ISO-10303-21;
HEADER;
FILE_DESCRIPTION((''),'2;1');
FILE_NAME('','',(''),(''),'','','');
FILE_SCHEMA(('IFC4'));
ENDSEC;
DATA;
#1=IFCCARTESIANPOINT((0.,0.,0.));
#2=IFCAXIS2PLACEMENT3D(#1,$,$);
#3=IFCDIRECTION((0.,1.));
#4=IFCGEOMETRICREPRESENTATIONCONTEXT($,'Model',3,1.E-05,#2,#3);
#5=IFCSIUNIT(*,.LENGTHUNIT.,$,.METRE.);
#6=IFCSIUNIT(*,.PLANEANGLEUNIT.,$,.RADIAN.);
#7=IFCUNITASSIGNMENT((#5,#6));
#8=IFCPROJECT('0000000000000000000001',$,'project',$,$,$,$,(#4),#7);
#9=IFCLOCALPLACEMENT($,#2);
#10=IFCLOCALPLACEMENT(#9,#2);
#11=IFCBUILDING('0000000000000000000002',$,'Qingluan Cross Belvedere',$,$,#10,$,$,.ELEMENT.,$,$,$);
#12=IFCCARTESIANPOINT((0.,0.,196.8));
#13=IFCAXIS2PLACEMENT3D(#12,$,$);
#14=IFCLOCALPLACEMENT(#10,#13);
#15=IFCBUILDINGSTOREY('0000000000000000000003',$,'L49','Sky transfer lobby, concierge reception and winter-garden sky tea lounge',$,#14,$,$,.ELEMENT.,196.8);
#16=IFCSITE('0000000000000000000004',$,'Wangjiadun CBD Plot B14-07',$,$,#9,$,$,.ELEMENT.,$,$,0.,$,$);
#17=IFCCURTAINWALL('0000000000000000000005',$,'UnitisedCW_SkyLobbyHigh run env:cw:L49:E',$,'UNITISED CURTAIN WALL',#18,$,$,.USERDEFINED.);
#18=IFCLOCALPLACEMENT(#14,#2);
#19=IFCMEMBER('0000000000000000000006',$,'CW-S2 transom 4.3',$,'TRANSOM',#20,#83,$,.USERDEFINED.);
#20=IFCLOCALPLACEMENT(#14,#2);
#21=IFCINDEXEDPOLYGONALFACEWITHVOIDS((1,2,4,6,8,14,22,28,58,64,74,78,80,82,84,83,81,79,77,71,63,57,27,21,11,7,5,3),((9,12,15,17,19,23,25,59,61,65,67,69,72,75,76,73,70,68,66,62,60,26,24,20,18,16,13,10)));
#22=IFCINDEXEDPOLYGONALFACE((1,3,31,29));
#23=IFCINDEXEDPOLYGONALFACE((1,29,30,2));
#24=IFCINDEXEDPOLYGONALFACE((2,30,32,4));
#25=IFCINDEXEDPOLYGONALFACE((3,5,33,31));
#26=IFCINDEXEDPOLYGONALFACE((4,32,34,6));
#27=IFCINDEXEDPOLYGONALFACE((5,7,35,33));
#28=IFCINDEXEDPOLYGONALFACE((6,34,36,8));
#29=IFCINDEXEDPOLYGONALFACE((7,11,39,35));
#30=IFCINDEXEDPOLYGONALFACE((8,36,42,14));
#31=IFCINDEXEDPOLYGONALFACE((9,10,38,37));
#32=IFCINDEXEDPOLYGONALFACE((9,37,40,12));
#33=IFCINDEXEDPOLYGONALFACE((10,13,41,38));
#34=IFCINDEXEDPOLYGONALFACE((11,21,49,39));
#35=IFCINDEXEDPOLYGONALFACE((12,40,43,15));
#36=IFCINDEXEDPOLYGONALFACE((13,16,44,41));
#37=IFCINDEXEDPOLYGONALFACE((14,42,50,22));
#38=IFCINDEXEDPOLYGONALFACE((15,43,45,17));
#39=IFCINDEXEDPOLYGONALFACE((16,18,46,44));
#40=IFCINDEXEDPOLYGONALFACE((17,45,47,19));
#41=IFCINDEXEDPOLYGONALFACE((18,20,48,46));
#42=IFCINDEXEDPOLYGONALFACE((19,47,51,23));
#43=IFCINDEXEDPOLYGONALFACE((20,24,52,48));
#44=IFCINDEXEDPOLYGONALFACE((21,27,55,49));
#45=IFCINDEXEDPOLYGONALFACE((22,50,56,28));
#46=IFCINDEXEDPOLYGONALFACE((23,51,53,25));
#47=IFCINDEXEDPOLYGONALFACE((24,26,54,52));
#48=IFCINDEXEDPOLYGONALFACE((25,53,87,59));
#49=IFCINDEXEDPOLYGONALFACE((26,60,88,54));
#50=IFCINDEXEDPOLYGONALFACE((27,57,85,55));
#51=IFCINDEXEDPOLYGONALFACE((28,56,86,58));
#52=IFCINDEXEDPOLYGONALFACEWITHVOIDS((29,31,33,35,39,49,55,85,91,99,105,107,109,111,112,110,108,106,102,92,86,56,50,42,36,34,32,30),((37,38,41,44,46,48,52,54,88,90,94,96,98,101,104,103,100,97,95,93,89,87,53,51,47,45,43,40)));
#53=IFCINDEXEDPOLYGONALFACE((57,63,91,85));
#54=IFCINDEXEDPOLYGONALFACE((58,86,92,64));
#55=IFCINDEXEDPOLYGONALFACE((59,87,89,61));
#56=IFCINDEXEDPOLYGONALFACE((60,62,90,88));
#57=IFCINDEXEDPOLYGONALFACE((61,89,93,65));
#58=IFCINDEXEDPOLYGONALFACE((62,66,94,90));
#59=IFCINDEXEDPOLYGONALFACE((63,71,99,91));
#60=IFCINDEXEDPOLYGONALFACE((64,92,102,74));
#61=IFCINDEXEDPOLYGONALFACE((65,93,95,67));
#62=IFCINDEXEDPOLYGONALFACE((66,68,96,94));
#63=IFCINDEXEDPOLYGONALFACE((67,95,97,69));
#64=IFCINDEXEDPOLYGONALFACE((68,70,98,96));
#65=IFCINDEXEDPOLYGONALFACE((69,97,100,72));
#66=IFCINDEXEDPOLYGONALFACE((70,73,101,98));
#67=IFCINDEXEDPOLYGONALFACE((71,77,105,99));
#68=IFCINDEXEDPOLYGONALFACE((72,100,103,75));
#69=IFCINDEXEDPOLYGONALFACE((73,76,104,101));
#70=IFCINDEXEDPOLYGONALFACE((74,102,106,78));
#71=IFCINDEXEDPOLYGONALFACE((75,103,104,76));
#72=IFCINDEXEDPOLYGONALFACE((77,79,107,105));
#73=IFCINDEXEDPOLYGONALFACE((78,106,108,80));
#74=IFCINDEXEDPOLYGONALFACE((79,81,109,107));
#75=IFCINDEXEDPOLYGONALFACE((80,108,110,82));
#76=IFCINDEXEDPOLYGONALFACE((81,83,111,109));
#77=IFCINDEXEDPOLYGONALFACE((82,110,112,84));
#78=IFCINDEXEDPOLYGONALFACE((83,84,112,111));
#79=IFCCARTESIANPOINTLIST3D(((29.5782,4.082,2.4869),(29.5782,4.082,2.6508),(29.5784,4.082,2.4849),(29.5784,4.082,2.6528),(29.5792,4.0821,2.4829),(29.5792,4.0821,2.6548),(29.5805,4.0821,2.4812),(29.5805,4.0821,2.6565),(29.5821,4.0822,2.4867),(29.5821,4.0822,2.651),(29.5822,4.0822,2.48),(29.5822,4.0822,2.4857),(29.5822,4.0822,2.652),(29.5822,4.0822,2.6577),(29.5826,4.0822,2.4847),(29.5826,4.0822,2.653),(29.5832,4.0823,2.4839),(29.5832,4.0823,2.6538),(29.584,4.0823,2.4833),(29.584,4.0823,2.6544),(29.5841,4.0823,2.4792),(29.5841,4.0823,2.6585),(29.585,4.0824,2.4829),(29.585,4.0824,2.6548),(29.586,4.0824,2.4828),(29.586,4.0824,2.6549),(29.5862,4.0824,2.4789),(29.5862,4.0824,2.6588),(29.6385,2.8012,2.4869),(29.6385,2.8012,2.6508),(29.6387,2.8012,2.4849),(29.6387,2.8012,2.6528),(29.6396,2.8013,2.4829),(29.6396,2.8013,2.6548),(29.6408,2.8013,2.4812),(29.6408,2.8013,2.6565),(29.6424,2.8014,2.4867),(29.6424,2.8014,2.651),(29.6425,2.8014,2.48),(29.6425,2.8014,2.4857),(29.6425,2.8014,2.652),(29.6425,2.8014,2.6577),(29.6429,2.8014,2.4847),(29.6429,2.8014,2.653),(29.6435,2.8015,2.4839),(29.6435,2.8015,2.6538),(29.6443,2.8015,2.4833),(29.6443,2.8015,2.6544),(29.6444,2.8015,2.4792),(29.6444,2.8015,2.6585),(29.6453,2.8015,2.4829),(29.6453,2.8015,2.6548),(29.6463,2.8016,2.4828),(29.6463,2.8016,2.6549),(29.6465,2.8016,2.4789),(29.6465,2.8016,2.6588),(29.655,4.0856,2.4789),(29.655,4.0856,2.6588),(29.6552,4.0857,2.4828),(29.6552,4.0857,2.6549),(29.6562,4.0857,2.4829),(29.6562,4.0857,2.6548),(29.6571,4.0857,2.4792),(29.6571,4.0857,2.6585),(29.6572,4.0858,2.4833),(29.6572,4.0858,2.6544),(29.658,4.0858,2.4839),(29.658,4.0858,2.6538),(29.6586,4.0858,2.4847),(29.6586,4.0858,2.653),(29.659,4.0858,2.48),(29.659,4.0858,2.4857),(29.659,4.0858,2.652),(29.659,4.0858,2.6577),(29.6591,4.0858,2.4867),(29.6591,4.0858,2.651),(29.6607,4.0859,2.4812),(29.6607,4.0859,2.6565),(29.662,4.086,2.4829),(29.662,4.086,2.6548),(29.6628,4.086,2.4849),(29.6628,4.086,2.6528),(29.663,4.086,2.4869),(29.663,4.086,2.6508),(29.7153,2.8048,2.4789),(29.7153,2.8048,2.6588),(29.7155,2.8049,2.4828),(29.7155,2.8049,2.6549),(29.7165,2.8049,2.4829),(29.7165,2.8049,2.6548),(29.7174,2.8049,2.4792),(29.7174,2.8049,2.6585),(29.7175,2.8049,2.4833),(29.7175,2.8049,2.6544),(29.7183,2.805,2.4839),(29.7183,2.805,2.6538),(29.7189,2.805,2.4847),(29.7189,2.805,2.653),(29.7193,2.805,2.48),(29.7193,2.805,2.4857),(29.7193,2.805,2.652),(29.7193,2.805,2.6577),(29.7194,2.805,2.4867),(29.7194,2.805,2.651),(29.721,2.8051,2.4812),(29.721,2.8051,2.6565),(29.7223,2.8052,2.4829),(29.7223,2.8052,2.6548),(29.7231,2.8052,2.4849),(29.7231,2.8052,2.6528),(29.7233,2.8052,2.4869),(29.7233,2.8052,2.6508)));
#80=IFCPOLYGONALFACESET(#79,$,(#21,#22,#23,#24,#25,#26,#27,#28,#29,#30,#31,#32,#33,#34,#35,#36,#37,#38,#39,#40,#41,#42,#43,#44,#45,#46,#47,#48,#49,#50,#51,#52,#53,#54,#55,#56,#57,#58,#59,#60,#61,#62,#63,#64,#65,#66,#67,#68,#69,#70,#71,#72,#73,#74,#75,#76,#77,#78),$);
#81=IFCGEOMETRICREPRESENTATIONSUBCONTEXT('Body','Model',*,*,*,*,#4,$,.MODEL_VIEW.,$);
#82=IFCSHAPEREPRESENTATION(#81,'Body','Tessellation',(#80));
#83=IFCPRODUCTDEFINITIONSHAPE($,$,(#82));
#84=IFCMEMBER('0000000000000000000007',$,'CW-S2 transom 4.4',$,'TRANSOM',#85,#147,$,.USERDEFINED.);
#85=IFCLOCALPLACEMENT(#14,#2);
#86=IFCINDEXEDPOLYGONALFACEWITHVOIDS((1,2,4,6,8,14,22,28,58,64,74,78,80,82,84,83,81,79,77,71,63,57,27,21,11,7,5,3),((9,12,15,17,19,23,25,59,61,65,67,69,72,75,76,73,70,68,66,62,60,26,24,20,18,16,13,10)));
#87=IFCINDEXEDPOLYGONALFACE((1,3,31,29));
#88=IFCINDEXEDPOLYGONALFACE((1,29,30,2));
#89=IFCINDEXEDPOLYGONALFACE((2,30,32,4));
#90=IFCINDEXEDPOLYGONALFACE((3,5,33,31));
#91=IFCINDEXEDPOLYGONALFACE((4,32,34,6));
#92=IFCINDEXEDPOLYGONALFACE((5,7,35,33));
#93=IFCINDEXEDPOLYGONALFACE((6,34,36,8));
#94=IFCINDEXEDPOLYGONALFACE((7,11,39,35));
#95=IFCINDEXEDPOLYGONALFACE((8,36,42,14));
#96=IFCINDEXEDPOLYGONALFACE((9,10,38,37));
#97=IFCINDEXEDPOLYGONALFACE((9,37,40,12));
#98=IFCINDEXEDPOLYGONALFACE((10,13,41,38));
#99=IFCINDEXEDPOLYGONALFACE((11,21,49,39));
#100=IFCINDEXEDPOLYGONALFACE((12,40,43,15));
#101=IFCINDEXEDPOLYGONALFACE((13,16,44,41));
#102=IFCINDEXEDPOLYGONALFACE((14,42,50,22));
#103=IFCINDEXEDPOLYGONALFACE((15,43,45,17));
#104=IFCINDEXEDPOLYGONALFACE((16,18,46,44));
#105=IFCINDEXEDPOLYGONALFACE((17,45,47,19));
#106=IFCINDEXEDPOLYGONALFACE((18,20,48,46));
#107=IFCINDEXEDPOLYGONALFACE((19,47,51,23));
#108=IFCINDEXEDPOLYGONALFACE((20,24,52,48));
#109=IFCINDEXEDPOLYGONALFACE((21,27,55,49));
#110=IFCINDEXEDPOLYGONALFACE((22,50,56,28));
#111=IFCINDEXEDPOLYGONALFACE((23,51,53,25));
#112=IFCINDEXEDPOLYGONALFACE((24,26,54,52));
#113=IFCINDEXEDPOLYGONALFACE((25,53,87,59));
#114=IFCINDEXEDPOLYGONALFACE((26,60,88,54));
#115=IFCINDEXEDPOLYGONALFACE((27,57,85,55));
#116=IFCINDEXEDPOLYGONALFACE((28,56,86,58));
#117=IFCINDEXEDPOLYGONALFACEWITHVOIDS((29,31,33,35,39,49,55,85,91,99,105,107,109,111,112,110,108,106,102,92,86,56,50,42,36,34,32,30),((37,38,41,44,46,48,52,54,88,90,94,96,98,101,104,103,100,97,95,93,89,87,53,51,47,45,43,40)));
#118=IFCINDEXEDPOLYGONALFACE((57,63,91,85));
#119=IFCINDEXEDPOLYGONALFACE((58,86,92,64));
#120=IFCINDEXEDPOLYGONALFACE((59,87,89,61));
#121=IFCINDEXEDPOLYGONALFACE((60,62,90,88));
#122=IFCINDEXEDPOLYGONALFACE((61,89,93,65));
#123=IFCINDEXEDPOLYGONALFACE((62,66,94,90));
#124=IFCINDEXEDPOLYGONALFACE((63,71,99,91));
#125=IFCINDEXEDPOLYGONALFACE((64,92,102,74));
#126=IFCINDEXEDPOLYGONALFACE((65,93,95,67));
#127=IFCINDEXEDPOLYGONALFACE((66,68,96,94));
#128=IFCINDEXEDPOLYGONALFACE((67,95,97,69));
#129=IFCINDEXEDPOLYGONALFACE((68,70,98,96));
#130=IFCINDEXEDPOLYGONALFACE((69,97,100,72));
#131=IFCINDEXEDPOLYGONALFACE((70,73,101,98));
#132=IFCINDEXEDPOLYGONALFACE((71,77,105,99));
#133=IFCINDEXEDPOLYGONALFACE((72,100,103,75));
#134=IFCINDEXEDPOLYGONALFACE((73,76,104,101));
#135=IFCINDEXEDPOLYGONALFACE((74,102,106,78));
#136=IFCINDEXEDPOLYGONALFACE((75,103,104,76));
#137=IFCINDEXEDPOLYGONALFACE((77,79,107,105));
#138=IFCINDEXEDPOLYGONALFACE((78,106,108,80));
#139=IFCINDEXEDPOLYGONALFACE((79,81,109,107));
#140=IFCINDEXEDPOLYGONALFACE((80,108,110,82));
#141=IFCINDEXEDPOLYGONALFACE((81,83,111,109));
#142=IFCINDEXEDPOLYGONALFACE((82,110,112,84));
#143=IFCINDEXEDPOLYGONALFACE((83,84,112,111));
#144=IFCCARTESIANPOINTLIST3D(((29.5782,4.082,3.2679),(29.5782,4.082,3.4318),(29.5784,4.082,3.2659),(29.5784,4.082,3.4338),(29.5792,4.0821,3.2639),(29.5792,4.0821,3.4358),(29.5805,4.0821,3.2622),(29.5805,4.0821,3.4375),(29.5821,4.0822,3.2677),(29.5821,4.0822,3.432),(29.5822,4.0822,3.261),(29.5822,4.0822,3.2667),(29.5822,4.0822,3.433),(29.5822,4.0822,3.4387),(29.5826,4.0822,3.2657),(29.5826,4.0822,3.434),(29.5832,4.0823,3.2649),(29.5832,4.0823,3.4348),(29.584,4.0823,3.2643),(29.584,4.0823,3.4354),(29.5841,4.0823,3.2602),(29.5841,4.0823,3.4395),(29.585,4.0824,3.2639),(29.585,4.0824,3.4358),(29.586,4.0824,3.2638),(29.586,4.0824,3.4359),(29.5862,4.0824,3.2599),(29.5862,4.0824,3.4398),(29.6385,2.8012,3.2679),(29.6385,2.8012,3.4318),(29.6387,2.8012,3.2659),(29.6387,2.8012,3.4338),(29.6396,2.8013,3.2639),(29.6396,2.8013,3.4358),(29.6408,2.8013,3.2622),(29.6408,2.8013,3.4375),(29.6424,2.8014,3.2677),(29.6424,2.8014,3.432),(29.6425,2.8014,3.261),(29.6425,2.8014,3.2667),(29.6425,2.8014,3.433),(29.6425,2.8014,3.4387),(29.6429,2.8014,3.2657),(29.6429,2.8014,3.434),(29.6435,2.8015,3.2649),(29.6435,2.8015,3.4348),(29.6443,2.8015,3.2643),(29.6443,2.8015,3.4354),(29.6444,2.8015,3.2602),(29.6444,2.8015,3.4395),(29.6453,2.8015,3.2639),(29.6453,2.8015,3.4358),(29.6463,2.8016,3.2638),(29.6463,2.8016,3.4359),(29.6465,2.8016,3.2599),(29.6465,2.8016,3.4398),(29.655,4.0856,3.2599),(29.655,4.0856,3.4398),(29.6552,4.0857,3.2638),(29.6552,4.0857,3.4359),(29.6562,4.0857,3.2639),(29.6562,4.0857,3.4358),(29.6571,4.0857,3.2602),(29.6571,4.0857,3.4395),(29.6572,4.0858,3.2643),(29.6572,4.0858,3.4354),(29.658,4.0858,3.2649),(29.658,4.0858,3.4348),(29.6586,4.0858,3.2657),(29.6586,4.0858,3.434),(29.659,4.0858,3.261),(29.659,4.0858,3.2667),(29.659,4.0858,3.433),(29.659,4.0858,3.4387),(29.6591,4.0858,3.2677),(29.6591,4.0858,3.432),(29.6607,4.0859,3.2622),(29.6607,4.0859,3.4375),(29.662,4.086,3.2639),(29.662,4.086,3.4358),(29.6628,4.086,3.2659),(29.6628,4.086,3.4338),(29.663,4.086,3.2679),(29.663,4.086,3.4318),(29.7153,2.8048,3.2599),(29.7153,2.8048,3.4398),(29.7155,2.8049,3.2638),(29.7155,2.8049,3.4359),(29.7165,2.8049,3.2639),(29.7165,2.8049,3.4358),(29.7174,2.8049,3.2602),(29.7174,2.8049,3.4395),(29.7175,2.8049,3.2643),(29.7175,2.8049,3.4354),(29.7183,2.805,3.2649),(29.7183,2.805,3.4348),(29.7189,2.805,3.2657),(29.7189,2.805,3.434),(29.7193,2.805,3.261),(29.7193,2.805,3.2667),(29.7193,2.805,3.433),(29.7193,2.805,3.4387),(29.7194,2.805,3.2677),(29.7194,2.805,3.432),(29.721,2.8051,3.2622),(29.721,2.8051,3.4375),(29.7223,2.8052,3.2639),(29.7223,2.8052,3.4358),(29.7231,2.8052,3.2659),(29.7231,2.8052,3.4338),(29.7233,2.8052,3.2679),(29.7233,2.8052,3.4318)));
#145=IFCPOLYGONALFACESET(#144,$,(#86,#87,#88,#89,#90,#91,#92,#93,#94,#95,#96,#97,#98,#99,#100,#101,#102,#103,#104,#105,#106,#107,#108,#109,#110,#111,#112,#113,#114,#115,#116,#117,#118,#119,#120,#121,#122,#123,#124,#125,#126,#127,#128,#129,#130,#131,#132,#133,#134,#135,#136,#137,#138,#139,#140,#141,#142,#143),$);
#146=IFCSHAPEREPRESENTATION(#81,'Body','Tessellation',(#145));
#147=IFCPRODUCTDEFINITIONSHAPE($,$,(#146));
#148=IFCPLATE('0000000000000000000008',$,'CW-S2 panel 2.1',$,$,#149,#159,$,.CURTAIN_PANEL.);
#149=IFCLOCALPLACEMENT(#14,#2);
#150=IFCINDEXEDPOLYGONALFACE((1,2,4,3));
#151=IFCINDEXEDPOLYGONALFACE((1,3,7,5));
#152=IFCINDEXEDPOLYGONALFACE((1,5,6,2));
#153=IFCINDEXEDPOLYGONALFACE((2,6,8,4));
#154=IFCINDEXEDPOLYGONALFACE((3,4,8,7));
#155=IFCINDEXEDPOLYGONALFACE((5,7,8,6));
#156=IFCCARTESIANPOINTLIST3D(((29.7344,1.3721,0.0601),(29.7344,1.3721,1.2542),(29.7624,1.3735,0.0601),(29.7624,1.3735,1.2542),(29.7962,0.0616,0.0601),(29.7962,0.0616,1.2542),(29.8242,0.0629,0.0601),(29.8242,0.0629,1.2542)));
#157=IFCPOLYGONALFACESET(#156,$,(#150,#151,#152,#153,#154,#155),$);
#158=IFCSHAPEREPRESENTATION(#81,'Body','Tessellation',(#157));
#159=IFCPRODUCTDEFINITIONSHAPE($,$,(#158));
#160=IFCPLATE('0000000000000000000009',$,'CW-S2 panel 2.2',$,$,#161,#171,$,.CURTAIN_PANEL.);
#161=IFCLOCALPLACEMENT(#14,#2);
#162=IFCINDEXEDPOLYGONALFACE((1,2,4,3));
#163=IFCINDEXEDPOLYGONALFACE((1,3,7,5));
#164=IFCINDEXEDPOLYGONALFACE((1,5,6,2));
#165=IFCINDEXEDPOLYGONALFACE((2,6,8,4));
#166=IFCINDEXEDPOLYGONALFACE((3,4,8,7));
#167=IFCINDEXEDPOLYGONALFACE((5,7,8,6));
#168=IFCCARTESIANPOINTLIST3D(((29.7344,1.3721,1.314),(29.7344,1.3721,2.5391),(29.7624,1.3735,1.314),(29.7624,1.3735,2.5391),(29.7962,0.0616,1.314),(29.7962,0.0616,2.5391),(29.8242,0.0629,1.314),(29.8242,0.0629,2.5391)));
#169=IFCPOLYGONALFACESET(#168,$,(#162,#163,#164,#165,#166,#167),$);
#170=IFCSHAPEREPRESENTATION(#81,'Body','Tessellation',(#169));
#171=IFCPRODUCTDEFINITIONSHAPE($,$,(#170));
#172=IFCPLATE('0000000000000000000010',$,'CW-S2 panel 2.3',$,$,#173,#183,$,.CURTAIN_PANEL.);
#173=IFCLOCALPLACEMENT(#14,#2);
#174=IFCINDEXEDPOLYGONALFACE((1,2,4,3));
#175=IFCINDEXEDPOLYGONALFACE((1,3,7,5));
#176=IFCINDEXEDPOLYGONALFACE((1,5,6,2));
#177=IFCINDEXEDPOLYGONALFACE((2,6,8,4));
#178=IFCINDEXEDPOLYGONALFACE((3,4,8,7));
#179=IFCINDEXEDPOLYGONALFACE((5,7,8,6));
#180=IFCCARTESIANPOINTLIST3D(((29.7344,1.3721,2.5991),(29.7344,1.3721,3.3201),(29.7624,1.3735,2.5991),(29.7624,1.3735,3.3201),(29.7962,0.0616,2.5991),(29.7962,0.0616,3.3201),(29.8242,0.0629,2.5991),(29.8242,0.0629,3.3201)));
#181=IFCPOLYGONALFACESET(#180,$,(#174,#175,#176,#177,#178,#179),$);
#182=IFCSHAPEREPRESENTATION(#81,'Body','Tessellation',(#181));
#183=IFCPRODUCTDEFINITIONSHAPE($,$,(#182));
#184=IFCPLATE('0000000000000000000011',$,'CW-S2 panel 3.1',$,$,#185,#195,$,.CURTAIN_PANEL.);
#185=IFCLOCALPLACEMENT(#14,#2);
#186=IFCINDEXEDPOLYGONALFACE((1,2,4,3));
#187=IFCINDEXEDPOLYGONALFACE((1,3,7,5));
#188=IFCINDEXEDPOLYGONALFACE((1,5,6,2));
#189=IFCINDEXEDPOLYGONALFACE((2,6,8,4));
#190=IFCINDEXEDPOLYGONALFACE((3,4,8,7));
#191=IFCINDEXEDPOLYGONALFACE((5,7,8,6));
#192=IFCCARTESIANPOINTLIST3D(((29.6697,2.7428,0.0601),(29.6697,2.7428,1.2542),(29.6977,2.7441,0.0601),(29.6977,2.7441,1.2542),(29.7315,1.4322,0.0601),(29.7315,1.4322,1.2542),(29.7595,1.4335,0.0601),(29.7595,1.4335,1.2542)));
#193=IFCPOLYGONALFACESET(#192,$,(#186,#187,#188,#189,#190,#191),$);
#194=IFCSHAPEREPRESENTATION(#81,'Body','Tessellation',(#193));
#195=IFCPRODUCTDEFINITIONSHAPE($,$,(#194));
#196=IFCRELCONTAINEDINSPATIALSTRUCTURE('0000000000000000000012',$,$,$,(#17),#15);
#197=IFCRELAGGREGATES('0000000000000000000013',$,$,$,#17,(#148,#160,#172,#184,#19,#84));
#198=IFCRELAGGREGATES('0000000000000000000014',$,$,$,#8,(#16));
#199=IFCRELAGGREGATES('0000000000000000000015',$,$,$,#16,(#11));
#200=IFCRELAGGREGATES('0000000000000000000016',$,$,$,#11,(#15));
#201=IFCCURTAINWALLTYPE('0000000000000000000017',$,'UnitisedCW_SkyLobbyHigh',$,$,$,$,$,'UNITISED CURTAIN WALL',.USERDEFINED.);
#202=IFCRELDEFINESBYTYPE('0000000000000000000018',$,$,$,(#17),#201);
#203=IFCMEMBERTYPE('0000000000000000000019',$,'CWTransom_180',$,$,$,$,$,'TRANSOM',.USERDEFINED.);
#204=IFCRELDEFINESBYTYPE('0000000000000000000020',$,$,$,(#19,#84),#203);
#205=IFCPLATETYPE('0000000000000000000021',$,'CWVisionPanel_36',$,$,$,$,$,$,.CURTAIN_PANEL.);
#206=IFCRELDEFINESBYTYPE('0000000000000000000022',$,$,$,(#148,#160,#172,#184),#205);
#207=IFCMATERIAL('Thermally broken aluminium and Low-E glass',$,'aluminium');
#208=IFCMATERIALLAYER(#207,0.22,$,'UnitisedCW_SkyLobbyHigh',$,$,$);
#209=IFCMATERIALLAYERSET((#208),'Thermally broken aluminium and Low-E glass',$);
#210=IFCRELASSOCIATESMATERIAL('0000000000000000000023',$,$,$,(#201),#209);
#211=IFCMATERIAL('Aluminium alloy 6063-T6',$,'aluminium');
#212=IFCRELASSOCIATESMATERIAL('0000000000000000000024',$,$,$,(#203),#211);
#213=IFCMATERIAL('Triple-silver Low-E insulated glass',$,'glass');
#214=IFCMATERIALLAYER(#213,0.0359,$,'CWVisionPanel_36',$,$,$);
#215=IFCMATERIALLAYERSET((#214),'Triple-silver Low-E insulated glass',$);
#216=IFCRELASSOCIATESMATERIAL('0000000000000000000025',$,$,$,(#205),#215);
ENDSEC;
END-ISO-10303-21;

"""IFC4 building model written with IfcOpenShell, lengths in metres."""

from ifc_helpers import new_model, si_unit, direction, frame, origin, origin_2d, place, context, subcontext, project, spatial, rectangle, hollow_rectangle, extrude, material, layer, layer_set, material_profile, profile_set, type_object, element, aggregate, save


model = new_model("IFC4")

# Units and contexts
model_context = context("Model", 3, precision=1e-05, world=origin(), true_north=direction((0.0, 1.0)))
body_context = subcontext(model_context, "Body", "Model", "MODEL_VIEW")
ifc_project = project(units=[si_unit("LENGTHUNIT", "METRE"), si_unit("PLANEANGLEUNIT", "RADIAN")], contexts=[model_context])

# Site, building, storey
site_placement = place(None, origin())
site = spatial("IfcSite", under=ifc_project, at=site_placement, Name="Wangjiadun CBD Plot B14-07", CompositionType="ELEMENT", RefElevation=0.0)
building_placement = place(site_placement, origin())
building = spatial("IfcBuilding", under=site, at=building_placement, Name="Qingluan Cross Belvedere", CompositionType="ELEMENT")
storey_placement = place(building_placement, frame((0.0, 0.0, 196.8)))
storey = spatial("IfcBuildingStorey", under=building, at=storey_placement, Name="L49", Description="Sky transfer lobby, concierge reception and winter-garden sky tea lounge", CompositionType="ELEMENT", Elevation=196.8)

# Curtain wall, members, plates
ifc_material_1 = material(Name="Thermally broken aluminium and Low-E glass", Category="aluminium")
ifc_layer_1 = layer(ifc_material_1, 0.22, Name="UnitisedCW_SkyLobbyHigh")
ifc_layer_set_1 = layer_set([ifc_layer_1], Name="Thermally broken aluminium and Low-E glass")
curtain_wall_type = type_object("IfcCurtainWallType", Name="UnitisedCW_SkyLobbyHigh", ElementType="UNITISED CURTAIN WALL", PredefinedType="USERDEFINED", material=ifc_layer_set_1)
curtain_wall_placement = place(storey_placement, origin())
curtain_wall = element("IfcCurtainWall", 1, at=curtain_wall_placement, inside=storey, type_object=curtain_wall_type, Name="UnitisedCW_SkyLobbyHigh run env:cw:L49:E", ObjectType="UNITISED CURTAIN WALL", PredefinedType="USERDEFINED")
ifc_material_2 = material(Name="Aluminium alloy 6063-T6", Category="aluminium")
ifc_material_profile_1 = material_profile(ifc_material_2, hollow_rectangle(XDim=0.085, YDim=0.1799, WallThickness=0.0039, InnerFilletRadius=0.0039, OuterFilletRadius=0.0081, at=origin_2d()), Name="CWT180x85x4")
ifc_profile_set_1 = profile_set([ifc_material_profile_1], Name="Aluminium alloy 6063-T6")
member_type_1 = type_object("IfcMemberType", Name="CWTransom_180", ElementType="TRANSOM", PredefinedType="USERDEFINED", material=ifc_profile_set_1)
member_1_placement = place(storey_placement, frame((29.6809, 2.8032, 2.5688), z_axis=(-0.047031, 0.998893, 0.0), x_axis=(-0.998893, -0.047031, 0.0)))
member_1 = element("IfcMember", 2, at=member_1_placement, type_object=member_type_1, Name="CW-S2 transom 4.3", ObjectType="TRANSOM", PredefinedType="USERDEFINED", context=body_context, shape_type="SweptSolid", body=[
    extrude(hollow_rectangle(XDim=0.085, YDim=0.1799, WallThickness=0.0039, InnerFilletRadius=0.0039, OuterFilletRadius=0.0081, at=origin_2d()), origin(), (0.0, 0.0, 1.0), 1.2822),
])
member_2_placement = place(storey_placement, frame((29.6809, 2.8032, 3.3499), z_axis=(-0.047031, 0.998893, 0.0), x_axis=(-0.998893, -0.047031, 0.0)))
member_2 = element("IfcMember", 3, at=member_2_placement, type_object=member_type_1, Name="CW-S2 transom 4.4", ObjectType="TRANSOM", PredefinedType="USERDEFINED", context=body_context, shape_type="SweptSolid", body=[
    extrude(hollow_rectangle(XDim=0.085, YDim=0.1799, WallThickness=0.0039, InnerFilletRadius=0.0039, OuterFilletRadius=0.0081, at=origin_2d()), origin(), (0.0, 0.0, 1.0), 1.2822),
])
ifc_material_3 = material(Name="Triple-silver Low-E insulated glass", Category="glass")
ifc_layer_2 = layer(ifc_material_3, 0.0359, Name="CWVisionPanel_36")
ifc_layer_set_2 = layer_set([ifc_layer_2], Name="Triple-silver Low-E insulated glass")
plate_type = type_object("IfcPlateType", Name="CWVisionPanel_36", PredefinedType="CURTAIN_PANEL", material=ifc_layer_set_2)
plate_1_placement = place(storey_placement, frame((29.7793, 0.7175, 0.0601), z_axis=(0.0, 0.0, 1.0), x_axis=(-0.047102, 0.99889, 0.0)))
plate_1 = element("IfcPlate", 4, at=plate_1_placement, type_object=plate_type, Name="CW-S2 panel 2.1", PredefinedType="CURTAIN_PANEL", context=body_context, shape_type="SweptSolid", body=[
    extrude(rectangle(XDim=1.312, YDim=0.0281, at=origin_2d()), origin(), (0.0, 0.0, 1.0), 1.1941),
])
plate_2_placement = place(storey_placement, frame((29.7793, 0.7175, 1.314), z_axis=(0.0, 0.0, 1.0), x_axis=(-0.047102, 0.99889, 0.0)))
plate_2 = element("IfcPlate", 5, at=plate_2_placement, type_object=plate_type, Name="CW-S2 panel 2.2", PredefinedType="CURTAIN_PANEL", context=body_context, shape_type="SweptSolid", body=[
    extrude(rectangle(XDim=1.312, YDim=0.0281, at=origin_2d()), origin(), (0.0, 0.0, 1.0), 1.2251),
])
plate_3_placement = place(storey_placement, frame((29.7793, 0.7175, 2.5991), z_axis=(0.0, 0.0, 1.0), x_axis=(-0.047102, 0.99889, 0.0)))
plate_3 = element("IfcPlate", 6, at=plate_3_placement, type_object=plate_type, Name="CW-S2 panel 2.3", PredefinedType="CURTAIN_PANEL", context=body_context, shape_type="SweptSolid", body=[
    extrude(rectangle(XDim=1.312, YDim=0.0281, at=origin_2d()), origin(), (0.0, 0.0, 1.0), 0.7209),
])
plate_4_placement = place(storey_placement, frame((29.7146, 2.0881, 0.0601), z_axis=(0.0, 0.0, 1.0), x_axis=(-0.047102, 0.99889, 0.0)))
plate_4 = element("IfcPlate", 7, at=plate_4_placement, type_object=plate_type, Name="CW-S2 panel 3.1", PredefinedType="CURTAIN_PANEL", context=body_context, shape_type="SweptSolid", body=[
    extrude(rectangle(XDim=1.312, YDim=0.0281, at=origin_2d()), origin(), (0.0, 0.0, 1.0), 1.1941),
])
aggregate(curtain_wall, [plate_1, plate_2, plate_3, plate_4, member_1, member_2])

save(model, "model.ifc")
